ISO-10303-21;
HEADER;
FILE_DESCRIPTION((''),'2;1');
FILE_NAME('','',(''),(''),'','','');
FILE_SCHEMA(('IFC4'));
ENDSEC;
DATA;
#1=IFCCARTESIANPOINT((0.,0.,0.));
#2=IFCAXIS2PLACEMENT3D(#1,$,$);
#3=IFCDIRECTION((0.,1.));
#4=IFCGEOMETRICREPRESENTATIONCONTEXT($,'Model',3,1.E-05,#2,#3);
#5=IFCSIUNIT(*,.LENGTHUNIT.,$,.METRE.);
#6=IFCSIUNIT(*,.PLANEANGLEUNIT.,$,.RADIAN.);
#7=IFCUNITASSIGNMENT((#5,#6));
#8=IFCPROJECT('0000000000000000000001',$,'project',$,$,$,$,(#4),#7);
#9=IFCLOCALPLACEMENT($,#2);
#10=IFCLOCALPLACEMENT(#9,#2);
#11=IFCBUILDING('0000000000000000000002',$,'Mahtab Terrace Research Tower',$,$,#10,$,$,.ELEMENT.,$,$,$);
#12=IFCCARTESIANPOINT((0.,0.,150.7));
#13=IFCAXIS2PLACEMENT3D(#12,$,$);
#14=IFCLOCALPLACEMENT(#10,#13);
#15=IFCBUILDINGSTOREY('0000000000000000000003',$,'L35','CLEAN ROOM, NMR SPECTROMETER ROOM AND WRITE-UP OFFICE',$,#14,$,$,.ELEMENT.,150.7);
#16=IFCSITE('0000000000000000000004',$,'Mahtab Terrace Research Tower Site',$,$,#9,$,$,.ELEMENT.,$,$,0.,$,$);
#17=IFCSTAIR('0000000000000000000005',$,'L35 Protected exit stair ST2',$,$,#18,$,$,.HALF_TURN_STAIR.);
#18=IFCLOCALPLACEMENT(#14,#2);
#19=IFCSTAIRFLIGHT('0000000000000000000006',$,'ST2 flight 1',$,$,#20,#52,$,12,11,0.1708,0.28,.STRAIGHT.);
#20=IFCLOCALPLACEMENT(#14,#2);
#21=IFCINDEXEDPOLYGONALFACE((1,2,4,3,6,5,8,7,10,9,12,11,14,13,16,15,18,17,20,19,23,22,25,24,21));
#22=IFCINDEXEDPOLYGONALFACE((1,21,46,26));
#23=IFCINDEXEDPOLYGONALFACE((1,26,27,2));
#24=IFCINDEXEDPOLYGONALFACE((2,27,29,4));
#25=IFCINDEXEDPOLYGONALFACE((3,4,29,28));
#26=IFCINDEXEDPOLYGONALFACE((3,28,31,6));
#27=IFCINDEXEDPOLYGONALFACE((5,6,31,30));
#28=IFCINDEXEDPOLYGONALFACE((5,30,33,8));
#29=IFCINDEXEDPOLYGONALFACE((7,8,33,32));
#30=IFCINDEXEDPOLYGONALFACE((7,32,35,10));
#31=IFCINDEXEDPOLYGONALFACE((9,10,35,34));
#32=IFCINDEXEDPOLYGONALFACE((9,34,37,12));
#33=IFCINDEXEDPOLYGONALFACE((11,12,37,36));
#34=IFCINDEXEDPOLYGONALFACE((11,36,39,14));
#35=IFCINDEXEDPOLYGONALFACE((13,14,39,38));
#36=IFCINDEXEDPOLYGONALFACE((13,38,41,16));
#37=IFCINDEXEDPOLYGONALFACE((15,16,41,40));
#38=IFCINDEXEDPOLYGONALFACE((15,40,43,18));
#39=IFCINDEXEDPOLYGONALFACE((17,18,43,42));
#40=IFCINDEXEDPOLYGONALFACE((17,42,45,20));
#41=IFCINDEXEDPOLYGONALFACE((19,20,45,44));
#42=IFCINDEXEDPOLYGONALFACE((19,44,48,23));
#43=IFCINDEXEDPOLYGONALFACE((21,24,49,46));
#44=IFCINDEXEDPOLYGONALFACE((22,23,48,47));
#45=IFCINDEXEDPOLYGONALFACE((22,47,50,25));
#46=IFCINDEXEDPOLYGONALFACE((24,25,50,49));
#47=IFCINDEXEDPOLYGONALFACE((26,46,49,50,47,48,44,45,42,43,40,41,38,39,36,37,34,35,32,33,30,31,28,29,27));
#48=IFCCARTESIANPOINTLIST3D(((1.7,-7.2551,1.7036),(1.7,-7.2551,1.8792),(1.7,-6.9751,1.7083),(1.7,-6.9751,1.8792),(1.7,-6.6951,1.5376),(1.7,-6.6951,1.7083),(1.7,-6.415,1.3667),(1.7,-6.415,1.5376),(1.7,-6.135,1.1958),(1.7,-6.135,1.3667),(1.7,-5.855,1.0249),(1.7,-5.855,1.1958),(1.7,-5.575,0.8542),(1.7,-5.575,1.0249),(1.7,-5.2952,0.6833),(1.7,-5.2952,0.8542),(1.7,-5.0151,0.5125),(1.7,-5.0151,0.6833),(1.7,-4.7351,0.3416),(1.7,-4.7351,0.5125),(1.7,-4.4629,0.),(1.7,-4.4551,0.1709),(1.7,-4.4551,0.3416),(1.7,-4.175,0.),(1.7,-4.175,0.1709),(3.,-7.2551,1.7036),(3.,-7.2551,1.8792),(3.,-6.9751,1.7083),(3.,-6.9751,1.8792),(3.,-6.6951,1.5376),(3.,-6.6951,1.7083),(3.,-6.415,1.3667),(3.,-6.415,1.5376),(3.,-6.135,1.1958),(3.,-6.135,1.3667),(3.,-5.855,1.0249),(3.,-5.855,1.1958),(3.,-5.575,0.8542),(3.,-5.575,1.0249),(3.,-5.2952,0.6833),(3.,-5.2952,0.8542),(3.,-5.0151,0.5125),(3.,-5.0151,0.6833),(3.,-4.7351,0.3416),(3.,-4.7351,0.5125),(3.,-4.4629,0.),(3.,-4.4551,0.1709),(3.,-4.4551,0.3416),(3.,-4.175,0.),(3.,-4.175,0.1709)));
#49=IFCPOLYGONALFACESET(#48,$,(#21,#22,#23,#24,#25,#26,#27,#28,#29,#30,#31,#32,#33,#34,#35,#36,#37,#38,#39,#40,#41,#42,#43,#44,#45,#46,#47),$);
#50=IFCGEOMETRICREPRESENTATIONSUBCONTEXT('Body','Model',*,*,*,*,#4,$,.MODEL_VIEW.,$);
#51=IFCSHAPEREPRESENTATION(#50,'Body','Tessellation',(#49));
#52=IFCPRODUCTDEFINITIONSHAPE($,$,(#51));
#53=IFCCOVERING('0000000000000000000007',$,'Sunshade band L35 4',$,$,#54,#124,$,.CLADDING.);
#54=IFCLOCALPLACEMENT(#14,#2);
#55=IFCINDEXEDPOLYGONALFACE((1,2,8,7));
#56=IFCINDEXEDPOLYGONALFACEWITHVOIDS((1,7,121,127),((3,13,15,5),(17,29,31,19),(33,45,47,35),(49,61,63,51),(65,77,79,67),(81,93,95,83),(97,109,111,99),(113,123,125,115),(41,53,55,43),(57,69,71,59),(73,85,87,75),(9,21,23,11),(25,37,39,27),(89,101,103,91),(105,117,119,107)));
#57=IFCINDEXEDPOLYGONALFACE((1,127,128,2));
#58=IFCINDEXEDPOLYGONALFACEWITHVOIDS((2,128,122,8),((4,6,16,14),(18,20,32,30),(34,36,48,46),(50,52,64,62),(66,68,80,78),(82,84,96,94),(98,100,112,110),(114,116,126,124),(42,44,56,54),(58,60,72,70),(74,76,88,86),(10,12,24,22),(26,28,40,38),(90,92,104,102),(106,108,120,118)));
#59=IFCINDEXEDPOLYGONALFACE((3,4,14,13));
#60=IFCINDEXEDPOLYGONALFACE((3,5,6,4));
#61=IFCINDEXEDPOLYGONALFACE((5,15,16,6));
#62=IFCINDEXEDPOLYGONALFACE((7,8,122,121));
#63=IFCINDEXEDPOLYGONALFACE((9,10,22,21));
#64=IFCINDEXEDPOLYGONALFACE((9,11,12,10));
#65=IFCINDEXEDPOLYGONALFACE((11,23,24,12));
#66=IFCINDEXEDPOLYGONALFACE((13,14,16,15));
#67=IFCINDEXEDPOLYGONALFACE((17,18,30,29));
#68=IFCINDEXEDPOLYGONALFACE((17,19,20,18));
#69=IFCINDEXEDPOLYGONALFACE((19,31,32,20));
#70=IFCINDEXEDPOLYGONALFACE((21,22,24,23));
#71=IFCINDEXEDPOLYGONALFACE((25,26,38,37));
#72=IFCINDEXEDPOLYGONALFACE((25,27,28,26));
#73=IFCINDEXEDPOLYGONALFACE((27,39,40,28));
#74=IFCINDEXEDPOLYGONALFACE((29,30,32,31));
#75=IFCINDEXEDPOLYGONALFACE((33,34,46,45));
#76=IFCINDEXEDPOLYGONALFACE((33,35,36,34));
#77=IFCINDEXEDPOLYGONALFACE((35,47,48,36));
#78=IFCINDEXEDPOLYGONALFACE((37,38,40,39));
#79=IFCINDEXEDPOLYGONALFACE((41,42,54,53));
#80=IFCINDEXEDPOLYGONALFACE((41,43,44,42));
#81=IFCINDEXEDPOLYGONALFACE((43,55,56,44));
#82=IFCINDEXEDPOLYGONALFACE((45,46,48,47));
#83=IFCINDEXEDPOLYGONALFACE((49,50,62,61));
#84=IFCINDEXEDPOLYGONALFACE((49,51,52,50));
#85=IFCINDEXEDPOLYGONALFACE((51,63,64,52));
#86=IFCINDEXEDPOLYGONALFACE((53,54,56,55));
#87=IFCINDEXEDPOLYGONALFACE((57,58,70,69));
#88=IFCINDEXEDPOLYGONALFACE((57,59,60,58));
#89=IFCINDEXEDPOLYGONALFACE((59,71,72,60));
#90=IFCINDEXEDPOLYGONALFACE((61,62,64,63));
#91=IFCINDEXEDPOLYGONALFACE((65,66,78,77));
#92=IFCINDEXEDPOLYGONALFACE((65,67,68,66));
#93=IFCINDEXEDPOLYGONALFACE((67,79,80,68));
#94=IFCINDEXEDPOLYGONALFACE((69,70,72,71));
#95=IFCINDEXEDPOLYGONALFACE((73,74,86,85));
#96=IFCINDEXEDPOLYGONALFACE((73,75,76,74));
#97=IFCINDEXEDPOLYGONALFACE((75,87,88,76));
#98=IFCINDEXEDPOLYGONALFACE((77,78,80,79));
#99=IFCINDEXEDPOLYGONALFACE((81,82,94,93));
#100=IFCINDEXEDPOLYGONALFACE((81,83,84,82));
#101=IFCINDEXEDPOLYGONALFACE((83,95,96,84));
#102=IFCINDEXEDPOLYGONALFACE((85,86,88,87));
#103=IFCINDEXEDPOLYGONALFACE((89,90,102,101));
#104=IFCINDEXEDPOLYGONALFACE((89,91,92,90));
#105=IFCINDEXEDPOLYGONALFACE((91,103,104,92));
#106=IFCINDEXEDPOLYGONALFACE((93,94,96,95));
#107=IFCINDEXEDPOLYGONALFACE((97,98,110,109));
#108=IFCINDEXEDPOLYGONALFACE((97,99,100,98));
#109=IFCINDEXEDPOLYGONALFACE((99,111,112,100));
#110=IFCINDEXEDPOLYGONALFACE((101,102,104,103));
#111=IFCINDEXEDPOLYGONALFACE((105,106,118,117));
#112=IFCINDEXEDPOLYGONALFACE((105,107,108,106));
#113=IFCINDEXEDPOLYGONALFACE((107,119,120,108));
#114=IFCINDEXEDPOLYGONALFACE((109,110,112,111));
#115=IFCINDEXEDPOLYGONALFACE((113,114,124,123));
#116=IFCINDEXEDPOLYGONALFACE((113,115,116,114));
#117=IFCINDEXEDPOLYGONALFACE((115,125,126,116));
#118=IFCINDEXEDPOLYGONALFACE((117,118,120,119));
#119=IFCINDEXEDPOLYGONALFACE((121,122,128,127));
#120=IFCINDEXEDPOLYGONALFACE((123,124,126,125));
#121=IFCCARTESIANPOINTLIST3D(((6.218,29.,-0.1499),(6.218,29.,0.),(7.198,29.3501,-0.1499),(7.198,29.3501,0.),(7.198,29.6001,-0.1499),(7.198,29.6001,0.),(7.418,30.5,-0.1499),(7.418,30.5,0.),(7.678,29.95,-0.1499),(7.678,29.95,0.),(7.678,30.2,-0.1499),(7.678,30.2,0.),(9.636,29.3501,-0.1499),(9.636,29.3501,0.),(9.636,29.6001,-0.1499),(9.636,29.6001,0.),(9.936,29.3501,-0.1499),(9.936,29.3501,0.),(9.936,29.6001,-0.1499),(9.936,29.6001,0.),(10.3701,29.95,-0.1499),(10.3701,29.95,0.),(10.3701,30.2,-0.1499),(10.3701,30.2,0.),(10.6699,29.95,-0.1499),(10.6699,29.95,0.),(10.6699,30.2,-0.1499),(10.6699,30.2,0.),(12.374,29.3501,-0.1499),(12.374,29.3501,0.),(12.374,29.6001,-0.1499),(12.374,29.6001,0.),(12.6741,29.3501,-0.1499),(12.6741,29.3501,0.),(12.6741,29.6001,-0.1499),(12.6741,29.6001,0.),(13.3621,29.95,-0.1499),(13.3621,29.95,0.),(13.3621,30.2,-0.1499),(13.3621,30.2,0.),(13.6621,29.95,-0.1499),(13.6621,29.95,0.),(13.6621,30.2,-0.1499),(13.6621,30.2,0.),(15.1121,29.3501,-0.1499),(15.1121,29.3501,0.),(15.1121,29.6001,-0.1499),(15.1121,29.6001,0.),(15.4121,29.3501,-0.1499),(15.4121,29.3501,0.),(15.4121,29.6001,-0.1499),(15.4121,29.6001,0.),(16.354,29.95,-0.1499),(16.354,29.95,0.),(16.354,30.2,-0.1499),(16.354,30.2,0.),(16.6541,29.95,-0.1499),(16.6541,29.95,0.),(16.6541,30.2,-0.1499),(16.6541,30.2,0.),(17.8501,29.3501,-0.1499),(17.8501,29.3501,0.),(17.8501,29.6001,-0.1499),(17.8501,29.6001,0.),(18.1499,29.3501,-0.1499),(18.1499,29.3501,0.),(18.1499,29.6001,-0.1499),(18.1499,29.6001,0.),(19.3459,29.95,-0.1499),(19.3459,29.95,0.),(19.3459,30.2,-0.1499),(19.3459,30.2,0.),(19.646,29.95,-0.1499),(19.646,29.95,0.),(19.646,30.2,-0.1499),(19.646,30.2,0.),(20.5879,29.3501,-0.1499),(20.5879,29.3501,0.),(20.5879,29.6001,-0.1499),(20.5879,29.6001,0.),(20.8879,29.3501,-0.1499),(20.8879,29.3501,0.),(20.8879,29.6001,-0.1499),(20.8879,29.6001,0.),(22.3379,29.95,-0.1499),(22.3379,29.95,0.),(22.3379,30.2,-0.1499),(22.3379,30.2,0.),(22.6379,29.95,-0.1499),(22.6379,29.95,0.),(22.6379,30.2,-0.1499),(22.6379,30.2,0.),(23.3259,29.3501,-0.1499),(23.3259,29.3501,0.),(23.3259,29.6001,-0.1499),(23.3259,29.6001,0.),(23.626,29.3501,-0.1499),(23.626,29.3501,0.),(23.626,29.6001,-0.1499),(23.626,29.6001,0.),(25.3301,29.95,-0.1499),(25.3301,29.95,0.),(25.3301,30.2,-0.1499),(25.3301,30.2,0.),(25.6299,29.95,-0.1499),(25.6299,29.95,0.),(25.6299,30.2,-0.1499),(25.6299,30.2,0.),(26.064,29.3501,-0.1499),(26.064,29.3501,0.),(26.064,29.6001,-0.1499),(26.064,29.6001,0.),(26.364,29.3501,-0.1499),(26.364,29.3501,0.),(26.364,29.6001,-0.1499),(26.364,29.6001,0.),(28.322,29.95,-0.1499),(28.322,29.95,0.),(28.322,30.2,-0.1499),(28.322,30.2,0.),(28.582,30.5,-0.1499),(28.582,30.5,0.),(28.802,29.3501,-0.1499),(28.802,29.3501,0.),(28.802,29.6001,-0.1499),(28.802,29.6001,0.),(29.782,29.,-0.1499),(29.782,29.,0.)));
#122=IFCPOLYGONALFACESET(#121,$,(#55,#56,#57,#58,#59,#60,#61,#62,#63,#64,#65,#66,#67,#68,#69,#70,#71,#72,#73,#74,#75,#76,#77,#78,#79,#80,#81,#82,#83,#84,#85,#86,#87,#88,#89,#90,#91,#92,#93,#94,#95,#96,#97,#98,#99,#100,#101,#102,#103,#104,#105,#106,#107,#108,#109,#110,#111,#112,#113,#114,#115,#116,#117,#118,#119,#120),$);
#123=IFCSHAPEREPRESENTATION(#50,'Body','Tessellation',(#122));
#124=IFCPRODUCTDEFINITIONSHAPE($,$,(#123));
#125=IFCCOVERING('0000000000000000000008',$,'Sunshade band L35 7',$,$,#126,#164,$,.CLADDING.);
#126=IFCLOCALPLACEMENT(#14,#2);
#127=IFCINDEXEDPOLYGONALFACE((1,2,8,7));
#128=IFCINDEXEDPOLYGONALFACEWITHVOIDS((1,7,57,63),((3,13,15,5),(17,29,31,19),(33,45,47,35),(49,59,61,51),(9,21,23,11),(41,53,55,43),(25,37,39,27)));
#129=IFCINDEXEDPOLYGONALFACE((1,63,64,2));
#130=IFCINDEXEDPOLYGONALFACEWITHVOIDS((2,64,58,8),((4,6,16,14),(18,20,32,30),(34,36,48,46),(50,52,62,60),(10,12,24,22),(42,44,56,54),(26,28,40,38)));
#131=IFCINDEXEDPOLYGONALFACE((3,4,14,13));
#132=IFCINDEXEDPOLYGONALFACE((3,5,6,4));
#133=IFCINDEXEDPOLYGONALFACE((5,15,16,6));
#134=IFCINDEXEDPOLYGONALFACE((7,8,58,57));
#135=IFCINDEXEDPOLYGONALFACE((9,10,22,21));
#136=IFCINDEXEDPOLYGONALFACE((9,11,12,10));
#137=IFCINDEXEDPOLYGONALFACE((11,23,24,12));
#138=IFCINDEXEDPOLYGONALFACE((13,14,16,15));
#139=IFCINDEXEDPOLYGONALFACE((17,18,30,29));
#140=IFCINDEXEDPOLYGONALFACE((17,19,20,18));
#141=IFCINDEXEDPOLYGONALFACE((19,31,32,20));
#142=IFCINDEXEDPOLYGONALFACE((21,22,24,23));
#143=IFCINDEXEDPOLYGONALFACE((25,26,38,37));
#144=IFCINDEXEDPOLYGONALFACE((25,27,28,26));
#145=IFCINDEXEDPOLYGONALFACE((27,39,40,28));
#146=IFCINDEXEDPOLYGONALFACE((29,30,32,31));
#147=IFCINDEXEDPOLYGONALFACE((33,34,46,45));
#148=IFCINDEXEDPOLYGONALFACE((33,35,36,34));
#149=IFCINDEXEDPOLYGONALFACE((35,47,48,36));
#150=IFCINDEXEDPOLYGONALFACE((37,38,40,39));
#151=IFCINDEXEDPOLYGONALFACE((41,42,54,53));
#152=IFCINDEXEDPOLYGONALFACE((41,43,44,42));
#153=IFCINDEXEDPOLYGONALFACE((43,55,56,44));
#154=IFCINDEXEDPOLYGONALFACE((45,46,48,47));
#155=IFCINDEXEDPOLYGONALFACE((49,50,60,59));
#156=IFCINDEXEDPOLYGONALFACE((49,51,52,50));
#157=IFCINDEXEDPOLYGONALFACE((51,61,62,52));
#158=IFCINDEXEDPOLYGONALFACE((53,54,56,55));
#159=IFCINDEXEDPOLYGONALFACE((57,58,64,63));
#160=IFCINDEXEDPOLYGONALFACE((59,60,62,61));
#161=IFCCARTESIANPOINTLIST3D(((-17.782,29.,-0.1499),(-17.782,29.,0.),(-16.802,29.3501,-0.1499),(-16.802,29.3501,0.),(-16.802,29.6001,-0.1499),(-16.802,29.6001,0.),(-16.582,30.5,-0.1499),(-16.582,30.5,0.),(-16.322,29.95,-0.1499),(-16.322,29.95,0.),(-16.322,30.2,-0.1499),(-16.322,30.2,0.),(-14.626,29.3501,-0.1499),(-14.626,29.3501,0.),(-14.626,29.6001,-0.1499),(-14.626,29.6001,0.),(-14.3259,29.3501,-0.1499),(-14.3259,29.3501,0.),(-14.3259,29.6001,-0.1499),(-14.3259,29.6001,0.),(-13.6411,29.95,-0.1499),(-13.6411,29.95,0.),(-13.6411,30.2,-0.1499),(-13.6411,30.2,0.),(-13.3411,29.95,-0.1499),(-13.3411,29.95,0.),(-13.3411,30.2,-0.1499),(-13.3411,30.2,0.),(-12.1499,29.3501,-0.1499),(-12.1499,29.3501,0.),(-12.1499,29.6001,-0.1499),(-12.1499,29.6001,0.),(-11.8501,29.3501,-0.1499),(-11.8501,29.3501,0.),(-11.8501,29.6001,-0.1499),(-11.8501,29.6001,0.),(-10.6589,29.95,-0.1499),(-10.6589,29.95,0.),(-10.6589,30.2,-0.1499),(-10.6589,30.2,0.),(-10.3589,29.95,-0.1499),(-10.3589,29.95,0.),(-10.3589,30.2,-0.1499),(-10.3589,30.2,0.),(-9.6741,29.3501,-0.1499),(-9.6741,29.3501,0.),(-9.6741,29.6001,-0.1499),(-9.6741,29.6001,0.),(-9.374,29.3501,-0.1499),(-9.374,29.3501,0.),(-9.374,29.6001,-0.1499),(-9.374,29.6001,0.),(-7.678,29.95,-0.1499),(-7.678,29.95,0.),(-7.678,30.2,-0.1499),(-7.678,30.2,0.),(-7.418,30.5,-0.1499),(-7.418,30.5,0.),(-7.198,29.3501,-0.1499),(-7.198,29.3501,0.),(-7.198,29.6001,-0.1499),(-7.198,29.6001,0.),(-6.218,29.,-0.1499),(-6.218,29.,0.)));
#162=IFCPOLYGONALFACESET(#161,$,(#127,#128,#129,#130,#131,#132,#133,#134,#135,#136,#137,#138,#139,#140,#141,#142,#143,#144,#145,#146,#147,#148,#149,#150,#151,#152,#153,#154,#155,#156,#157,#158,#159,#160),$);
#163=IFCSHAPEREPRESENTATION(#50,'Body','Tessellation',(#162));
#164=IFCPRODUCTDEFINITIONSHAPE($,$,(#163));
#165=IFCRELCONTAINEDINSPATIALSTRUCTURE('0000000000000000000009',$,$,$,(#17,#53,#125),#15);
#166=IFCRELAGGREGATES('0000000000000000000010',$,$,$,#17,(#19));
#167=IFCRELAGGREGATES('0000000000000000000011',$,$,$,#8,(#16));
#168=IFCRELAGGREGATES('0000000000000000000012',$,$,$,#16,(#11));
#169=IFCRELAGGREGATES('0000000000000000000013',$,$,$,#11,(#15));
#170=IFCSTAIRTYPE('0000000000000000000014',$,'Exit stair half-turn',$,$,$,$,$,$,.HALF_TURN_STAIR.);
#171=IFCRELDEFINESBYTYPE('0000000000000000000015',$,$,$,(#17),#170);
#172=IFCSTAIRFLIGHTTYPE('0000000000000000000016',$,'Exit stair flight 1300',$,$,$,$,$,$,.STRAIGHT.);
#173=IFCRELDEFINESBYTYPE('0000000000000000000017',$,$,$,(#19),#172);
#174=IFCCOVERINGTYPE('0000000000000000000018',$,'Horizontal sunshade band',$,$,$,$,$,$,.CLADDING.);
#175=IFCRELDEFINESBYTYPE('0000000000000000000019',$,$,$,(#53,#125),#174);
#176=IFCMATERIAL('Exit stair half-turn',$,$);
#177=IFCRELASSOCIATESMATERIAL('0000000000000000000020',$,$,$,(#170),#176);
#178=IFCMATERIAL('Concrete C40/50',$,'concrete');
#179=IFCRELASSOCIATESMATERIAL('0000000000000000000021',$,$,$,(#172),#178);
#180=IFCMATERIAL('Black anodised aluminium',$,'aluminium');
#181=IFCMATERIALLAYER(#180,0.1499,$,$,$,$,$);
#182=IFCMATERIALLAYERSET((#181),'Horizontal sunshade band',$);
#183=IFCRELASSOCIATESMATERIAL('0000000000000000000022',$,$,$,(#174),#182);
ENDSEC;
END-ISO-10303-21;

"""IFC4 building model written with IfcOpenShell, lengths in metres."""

from ifc_helpers import new_model, si_unit, direction, frame, origin, place, context, subcontext, project, spatial, polyline, outline, extrude, material, layer, layer_set, type_object, element, aggregate, save


model = new_model("IFC4")

# Units and contexts
model_context = context("Model", 3, precision=1e-05, world=origin(), true_north=direction((0.0, 1.0)))
body_context = subcontext(model_context, "Body", "Model", "MODEL_VIEW")
ifc_project = project(units=[si_unit("LENGTHUNIT", "METRE"), si_unit("PLANEANGLEUNIT", "RADIAN")], contexts=[model_context])

# Site, building, storey
site_placement = place(None, origin())
site = spatial("IfcSite", under=ifc_project, at=site_placement, Name="Mahtab Terrace Research Tower Site", CompositionType="ELEMENT", RefElevation=0.0)
building_placement = place(site_placement, origin())
building = spatial("IfcBuilding", under=site, at=building_placement, Name="Mahtab Terrace Research Tower", CompositionType="ELEMENT")
storey_placement = place(building_placement, frame((0.0, 0.0, 150.7)))
storey = spatial("IfcBuildingStorey", under=building, at=storey_placement, Name="L35", Description="CLEAN ROOM, NMR SPECTROMETER ROOM AND WRITE-UP OFFICE", CompositionType="ELEMENT", Elevation=150.7)

# Shared definitions
ifc_material_1 = material(Name="Concrete C40/50", Category="concrete")

# Stair, stair flight
ifc_material_2 = material(Name="Exit stair half-turn")
stair_type = type_object("IfcStairType", Name="Exit stair half-turn", PredefinedType="HALF_TURN_STAIR", material=ifc_material_2)
stair_placement = place(storey_placement, origin())
stair = element("IfcStair", 1, at=stair_placement, inside=storey, type_object=stair_type, Name="L35 Protected exit stair ST2", PredefinedType="HALF_TURN_STAIR")
stair_flight_type = type_object("IfcStairFlightType", Name="Exit stair flight 1300", PredefinedType="STRAIGHT", material=ifc_material_1)
stair_flight_placement = place(storey_placement, frame((2.3501, -4.175, 0.0), z_axis=(0.0, 0.0, 1.0), x_axis=(0.0, -1.0, 0.0)))
stair_flight = element("IfcStairFlight", 2, at=stair_flight_placement, type_object=stair_flight_type, Name="ST2 flight 1", NumberOfRisers=12, NumberOfTreads=11, PredefinedType="STRAIGHT", RiserHeight=0.1708, TreadLength=0.28, context=body_context, shape_type="SweptSolid", body=[
    extrude(outline(polyline([(0.0, 0.0), (0.0, 0.1709), (0.28, 0.1709), (0.28, 0.3416), (0.5601, 0.3416), (0.5601, 0.5125), (0.8401, 0.5125), (0.8401, 0.6833), (1.1201, 0.6833), (1.1201, 0.8542), (1.3999, 0.8542), (1.3999, 1.0249), (1.6799, 1.0249), (1.6799, 1.1958), (1.96, 1.1958), (1.96, 1.3667), (2.24, 1.3667), (2.24, 1.5376), (2.52, 1.5376), (2.52, 1.7083), (2.8, 1.7083), (2.8, 1.8792), (3.0801, 1.8792), (3.0801, 2.05), (3.0801, 1.7036), (0.2878, 0.0), (0.0, 0.0)])), frame((0.0, 0.6499, 0.0), z_axis=(0.0, -1.0, 0.0), x_axis=(1.0, 0.0, 0.0)), (0.0, 0.0, 1.0), 1.3),
])
aggregate(stair, [stair_flight])

# Coverings
ifc_material_3 = material(Name="Black anodised aluminium", Category="aluminium")
ifc_layer_1 = layer(ifc_material_3, 0.1499)
ifc_layer_set_1 = layer_set([ifc_layer_1], Name="Horizontal sunshade band")
covering_type = type_object("IfcCoveringType", Name="Horizontal sunshade band", PredefinedType="CLADDING", material=ifc_layer_set_1)
covering_1_placement = place(storey_placement, frame((0.0, 0.0, -0.1499)))
element("IfcCovering", 3, at=covering_1_placement, inside=storey, type_object=covering_type, Name="Sunshade band L35 4", PredefinedType="CLADDING", context=body_context, shape_type="SweptSolid", body=[
    extrude(outline(polyline([(29.782, 29.0), (6.218, 29.0), (7.418, 30.5), (28.582, 30.5), (29.782, 29.0)]), holes=[polyline([(28.802, 29.3501), (26.364, 29.3501), (26.364, 29.6001), (28.802, 29.6001), (28.802, 29.3501)]), polyline([(26.064, 29.3501), (23.626, 29.3501), (23.626, 29.6001), (26.064, 29.6001), (26.064, 29.3501)]), polyline([(23.3259, 29.3501), (20.8879, 29.3501), (20.8879, 29.6001), (23.3259, 29.6001), (23.3259, 29.3501)]), polyline([(20.5879, 29.3501), (18.1499, 29.3501), (18.1499, 29.6001), (20.5879, 29.6001), (20.5879, 29.3501)]), polyline([(17.8501, 29.3501), (15.4121, 29.3501), (15.4121, 29.6001), (17.8501, 29.6001), (17.8501, 29.3501)]), polyline([(15.1121, 29.3501), (12.6741, 29.3501), (12.6741, 29.6001), (15.1121, 29.6001), (15.1121, 29.3501)]), polyline([(12.374, 29.3501), (9.936, 29.3501), (9.936, 29.6001), (12.374, 29.6001), (12.374, 29.3501)]), polyline([(9.636, 29.3501), (7.198, 29.3501), (7.198, 29.6001), (9.636, 29.6001), (9.636, 29.3501)]), polyline([(28.322, 29.95), (25.6299, 29.95), (25.6299, 30.2), (28.322, 30.2), (28.322, 29.95)]), polyline([(25.3301, 29.95), (22.6379, 29.95), (22.6379, 30.2), (25.3301, 30.2), (25.3301, 29.95)]), polyline([(22.3379, 29.95), (19.646, 29.95), (19.646, 30.2), (22.3379, 30.2), (22.3379, 29.95)]), polyline([(19.3459, 29.95), (16.6541, 29.95), (16.6541, 30.2), (19.3459, 30.2), (19.3459, 29.95)]), polyline([(16.354, 29.95), (13.6621, 29.95), (13.6621, 30.2), (16.354, 30.2), (16.354, 29.95)]), polyline([(13.3621, 29.95), (10.6699, 29.95), (10.6699, 30.2), (13.3621, 30.2), (13.3621, 29.95)]), polyline([(10.3701, 29.95), (7.678, 29.95), (7.678, 30.2), (10.3701, 30.2), (10.3701, 29.95)])]), origin(), (0.0, 0.0, 1.0), 0.1499),
])
covering_2_placement = place(storey_placement, frame((0.0, 0.0, -0.1499)))
element("IfcCovering", 4, at=covering_2_placement, inside=storey, type_object=covering_type, Name="Sunshade band L35 7", PredefinedType="CLADDING", context=body_context, shape_type="SweptSolid", body=[
    extrude(outline(polyline([(-6.218, 29.0), (-17.782, 29.0), (-16.582, 30.5), (-7.418, 30.5), (-6.218, 29.0)]), holes=[polyline([(-7.198, 29.3501), (-9.374, 29.3501), (-9.374, 29.6001), (-7.198, 29.6001), (-7.198, 29.3501)]), polyline([(-9.6741, 29.3501), (-11.8501, 29.3501), (-11.8501, 29.6001), (-9.6741, 29.6001), (-9.6741, 29.3501)]), polyline([(-12.1499, 29.3501), (-14.3259, 29.3501), (-14.3259, 29.6001), (-12.1499, 29.6001), (-12.1499, 29.3501)]), polyline([(-14.626, 29.3501), (-16.802, 29.3501), (-16.802, 29.6001), (-14.626, 29.6001), (-14.626, 29.3501)]), polyline([(-7.678, 29.95), (-10.3589, 29.95), (-10.3589, 30.2), (-7.678, 30.2), (-7.678, 29.95)]), polyline([(-10.6589, 29.95), (-13.3411, 29.95), (-13.3411, 30.2), (-10.6589, 30.2), (-10.6589, 29.95)]), polyline([(-13.6411, 29.95), (-16.322, 29.95), (-16.322, 30.2), (-13.6411, 30.2), (-13.6411, 29.95)])]), origin(), (0.0, 0.0, 1.0), 0.1499),
])

save(model, "model.ifc")
